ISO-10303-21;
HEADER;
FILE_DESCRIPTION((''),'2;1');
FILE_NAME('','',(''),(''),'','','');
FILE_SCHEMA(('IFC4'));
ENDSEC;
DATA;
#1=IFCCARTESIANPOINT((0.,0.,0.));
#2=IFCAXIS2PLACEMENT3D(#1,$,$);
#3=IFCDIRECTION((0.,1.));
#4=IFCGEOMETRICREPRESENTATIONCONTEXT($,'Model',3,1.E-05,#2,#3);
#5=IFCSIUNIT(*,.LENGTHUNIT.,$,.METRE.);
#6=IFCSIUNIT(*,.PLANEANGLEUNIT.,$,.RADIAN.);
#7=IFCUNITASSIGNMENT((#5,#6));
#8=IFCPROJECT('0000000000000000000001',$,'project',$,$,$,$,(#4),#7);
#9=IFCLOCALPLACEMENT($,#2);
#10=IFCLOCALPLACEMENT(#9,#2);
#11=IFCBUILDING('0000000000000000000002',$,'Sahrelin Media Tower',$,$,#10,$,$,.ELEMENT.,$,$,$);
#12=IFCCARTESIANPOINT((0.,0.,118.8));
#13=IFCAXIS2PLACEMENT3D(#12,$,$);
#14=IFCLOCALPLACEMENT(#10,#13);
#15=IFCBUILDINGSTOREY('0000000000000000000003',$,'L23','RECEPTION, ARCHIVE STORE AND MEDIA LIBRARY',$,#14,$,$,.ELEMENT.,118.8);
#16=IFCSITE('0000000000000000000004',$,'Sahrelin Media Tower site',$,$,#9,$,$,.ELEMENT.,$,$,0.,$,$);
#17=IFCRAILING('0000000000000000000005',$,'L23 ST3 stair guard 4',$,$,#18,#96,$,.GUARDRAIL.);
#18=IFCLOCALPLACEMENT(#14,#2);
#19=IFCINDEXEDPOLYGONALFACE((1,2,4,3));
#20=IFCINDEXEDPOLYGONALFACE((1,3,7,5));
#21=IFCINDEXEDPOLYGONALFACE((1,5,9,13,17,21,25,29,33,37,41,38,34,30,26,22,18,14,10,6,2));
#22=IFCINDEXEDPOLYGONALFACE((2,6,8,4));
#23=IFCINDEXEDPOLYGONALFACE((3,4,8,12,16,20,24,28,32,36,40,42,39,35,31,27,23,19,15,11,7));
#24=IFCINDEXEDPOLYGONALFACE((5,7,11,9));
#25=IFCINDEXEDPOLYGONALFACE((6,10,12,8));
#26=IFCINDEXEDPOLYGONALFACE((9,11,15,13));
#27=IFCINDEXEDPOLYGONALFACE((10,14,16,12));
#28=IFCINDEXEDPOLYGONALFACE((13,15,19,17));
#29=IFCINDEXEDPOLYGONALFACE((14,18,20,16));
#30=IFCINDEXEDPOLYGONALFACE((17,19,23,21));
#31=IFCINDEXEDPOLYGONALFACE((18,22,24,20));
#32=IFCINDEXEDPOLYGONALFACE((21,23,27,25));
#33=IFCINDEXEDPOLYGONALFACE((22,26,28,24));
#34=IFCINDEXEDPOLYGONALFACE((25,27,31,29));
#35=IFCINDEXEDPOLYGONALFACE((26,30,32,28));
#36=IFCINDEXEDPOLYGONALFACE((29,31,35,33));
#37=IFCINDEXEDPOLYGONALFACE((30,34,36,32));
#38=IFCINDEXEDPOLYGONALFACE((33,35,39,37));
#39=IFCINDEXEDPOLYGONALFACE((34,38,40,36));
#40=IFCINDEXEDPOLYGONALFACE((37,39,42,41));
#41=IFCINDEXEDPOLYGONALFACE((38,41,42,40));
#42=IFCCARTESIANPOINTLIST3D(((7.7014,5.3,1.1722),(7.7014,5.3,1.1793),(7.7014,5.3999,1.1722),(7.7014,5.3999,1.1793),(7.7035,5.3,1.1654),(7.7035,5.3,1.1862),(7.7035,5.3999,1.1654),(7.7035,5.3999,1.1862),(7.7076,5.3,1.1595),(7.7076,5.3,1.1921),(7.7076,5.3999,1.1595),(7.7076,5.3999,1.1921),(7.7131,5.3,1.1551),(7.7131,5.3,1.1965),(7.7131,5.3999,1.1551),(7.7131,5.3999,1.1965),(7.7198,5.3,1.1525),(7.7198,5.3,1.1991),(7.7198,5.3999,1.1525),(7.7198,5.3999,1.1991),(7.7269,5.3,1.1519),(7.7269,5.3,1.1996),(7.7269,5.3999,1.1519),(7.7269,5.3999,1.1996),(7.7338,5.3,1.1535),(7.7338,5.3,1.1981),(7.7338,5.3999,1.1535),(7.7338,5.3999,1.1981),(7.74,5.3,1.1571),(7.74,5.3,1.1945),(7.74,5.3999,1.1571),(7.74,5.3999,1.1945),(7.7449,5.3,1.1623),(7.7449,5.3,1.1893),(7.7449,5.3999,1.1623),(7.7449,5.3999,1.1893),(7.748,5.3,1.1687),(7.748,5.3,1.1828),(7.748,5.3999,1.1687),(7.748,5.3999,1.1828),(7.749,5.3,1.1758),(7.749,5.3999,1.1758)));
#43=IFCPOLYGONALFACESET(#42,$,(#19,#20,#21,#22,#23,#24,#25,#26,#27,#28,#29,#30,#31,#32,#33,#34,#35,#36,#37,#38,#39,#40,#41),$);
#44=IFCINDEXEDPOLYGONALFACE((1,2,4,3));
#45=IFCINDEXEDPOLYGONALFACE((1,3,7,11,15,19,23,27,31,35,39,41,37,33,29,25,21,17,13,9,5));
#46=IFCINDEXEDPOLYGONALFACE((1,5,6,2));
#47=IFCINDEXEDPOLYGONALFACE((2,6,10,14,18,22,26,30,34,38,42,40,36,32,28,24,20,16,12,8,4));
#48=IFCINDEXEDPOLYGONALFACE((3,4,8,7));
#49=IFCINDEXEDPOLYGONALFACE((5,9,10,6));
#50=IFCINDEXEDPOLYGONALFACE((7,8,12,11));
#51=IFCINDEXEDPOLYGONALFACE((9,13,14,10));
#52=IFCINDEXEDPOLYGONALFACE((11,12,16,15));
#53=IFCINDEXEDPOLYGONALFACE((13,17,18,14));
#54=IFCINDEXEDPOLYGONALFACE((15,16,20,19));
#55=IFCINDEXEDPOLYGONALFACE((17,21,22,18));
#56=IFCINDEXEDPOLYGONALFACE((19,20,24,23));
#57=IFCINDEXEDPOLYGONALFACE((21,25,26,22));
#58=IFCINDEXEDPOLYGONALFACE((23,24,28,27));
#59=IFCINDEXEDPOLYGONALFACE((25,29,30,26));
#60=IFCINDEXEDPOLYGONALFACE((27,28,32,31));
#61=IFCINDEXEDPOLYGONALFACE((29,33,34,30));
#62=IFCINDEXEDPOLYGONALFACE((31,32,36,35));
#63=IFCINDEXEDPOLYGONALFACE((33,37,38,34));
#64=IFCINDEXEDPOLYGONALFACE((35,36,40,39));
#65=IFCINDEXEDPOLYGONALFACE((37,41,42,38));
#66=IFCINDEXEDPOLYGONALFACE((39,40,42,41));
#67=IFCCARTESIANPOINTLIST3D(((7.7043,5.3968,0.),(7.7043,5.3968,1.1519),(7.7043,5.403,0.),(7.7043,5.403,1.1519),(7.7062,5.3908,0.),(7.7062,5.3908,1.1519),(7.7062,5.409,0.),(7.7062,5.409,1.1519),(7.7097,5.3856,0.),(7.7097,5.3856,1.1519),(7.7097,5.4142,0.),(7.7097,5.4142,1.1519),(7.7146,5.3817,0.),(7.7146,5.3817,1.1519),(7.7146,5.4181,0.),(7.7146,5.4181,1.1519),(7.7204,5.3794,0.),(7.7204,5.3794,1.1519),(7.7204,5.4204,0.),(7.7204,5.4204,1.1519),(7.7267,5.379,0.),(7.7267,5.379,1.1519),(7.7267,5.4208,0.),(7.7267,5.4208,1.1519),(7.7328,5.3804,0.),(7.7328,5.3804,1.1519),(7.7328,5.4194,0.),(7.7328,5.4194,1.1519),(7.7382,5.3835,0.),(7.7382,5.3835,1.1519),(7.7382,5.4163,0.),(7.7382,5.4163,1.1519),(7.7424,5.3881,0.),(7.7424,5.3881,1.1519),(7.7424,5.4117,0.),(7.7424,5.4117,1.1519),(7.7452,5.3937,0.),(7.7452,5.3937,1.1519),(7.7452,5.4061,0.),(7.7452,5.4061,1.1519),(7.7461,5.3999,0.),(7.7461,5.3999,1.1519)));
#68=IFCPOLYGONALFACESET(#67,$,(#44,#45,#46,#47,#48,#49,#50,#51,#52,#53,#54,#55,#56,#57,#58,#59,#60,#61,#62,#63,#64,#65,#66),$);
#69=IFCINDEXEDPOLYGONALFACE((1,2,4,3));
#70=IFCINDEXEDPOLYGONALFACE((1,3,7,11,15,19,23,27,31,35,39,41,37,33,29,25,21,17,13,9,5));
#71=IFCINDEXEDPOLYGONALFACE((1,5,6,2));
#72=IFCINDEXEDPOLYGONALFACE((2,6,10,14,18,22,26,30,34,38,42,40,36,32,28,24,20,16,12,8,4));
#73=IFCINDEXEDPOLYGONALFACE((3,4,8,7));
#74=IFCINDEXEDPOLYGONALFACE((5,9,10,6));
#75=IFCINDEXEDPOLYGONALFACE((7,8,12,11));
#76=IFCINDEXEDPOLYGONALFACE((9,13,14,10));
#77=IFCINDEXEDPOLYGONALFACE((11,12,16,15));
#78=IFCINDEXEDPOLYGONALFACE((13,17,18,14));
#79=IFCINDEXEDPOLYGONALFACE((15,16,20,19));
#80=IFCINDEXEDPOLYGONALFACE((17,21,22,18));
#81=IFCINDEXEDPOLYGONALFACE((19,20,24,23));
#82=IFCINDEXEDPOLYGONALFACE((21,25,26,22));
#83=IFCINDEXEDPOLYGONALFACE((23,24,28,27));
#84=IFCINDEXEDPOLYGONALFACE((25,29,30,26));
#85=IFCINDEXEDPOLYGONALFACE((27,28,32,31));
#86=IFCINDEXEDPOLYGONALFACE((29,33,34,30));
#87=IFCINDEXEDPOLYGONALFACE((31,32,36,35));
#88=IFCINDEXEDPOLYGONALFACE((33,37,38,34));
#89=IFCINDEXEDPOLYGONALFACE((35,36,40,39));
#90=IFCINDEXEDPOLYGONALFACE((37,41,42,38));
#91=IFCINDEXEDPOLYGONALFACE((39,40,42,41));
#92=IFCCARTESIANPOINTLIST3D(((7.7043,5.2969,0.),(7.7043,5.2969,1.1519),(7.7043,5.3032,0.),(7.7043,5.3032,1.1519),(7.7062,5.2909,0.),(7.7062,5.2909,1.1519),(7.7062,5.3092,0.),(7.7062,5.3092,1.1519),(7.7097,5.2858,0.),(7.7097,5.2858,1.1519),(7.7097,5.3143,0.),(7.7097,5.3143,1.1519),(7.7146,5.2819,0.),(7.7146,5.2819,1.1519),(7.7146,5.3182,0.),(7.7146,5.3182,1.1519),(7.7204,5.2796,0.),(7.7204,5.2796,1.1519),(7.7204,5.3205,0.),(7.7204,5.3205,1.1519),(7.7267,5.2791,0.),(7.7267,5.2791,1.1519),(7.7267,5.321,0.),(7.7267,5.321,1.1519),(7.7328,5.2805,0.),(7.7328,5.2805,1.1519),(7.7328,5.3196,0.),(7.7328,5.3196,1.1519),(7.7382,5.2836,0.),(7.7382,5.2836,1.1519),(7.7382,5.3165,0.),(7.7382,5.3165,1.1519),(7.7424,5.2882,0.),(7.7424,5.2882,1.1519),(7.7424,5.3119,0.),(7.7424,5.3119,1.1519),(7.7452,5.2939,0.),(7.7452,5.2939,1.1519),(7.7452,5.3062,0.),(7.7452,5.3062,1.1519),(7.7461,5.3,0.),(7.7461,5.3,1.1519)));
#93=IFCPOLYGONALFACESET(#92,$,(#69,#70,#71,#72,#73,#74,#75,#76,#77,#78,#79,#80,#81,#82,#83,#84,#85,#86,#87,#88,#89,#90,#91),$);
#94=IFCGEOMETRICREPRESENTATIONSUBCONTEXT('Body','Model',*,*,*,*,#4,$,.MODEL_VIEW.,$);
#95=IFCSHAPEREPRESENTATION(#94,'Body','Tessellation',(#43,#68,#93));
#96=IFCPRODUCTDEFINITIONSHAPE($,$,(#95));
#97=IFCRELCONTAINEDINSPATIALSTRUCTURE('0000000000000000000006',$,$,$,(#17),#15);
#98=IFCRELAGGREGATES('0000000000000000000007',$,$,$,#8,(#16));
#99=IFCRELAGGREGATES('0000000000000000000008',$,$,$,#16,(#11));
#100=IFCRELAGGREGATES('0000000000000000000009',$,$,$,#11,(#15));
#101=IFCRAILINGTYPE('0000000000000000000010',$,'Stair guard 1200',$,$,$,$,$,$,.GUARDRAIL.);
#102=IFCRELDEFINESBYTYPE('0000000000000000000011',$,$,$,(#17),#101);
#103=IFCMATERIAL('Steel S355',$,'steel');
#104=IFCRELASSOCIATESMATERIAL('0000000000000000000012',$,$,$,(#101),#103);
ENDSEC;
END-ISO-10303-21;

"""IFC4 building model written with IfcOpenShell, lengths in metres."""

from ifc_helpers import new_model, si_unit, direction, frame, origin, origin_2d, place, context, subcontext, project, spatial, circle, extrude, material, type_object, element, save


model = new_model("IFC4")

# Units and contexts
model_context = context("Model", 3, precision=1e-05, world=origin(), true_north=direction((0.0, 1.0)))
body_context = subcontext(model_context, "Body", "Model", "MODEL_VIEW")
ifc_project = project(units=[si_unit("LENGTHUNIT", "METRE"), si_unit("PLANEANGLEUNIT", "RADIAN")], contexts=[model_context])

# Site, building, storey
site_placement = place(None, origin())
site = spatial("IfcSite", under=ifc_project, at=site_placement, Name="Sahrelin Media Tower site", CompositionType="ELEMENT", RefElevation=0.0)
building_placement = place(site_placement, origin())
building = spatial("IfcBuilding", under=site, at=building_placement, Name="Sahrelin Media Tower", CompositionType="ELEMENT")
storey_placement = place(building_placement, frame((0.0, 0.0, 118.8)))
storey = spatial("IfcBuildingStorey", under=building, at=storey_placement, Name="L23", Description="RECEPTION, ARCHIVE STORE AND MEDIA LIBRARY", CompositionType="ELEMENT", Elevation=118.8)

# Railing
ifc_material_1 = material(Name="Steel S355", Category="steel")
railing_type_1 = type_object("IfcRailingType", Name="Stair guard 1200", PredefinedType="GUARDRAIL", material=ifc_material_1)
railing_1_placement = place(storey_placement, frame((7.7251, 5.3999, 0.0)))
element("IfcRailing", 1, at=railing_1_placement, inside=storey, type_object=railing_type_1, Name="L23 ST3 stair guard 4", PredefinedType="GUARDRAIL", context=body_context, shape_type="SweptSolid", body=[
    extrude(circle(Radius=0.0239, at=origin_2d()), frame((0.0, 0.0, 1.1758), z_axis=(0.0, -1.0, 0.0), x_axis=(1.0, 0.0, 0.0)), (0.0, 0.0, 1.0), 0.0999),
    extrude(circle(Radius=0.021, at=origin_2d()), origin(), (0.0, 0.0, 1.0), 1.1519),
    extrude(circle(Radius=0.021, at=origin_2d()), frame((0.0, -0.0999, 0.0)), (0.0, 0.0, 1.0), 1.1519),
])

save(model, "model.ifc")
